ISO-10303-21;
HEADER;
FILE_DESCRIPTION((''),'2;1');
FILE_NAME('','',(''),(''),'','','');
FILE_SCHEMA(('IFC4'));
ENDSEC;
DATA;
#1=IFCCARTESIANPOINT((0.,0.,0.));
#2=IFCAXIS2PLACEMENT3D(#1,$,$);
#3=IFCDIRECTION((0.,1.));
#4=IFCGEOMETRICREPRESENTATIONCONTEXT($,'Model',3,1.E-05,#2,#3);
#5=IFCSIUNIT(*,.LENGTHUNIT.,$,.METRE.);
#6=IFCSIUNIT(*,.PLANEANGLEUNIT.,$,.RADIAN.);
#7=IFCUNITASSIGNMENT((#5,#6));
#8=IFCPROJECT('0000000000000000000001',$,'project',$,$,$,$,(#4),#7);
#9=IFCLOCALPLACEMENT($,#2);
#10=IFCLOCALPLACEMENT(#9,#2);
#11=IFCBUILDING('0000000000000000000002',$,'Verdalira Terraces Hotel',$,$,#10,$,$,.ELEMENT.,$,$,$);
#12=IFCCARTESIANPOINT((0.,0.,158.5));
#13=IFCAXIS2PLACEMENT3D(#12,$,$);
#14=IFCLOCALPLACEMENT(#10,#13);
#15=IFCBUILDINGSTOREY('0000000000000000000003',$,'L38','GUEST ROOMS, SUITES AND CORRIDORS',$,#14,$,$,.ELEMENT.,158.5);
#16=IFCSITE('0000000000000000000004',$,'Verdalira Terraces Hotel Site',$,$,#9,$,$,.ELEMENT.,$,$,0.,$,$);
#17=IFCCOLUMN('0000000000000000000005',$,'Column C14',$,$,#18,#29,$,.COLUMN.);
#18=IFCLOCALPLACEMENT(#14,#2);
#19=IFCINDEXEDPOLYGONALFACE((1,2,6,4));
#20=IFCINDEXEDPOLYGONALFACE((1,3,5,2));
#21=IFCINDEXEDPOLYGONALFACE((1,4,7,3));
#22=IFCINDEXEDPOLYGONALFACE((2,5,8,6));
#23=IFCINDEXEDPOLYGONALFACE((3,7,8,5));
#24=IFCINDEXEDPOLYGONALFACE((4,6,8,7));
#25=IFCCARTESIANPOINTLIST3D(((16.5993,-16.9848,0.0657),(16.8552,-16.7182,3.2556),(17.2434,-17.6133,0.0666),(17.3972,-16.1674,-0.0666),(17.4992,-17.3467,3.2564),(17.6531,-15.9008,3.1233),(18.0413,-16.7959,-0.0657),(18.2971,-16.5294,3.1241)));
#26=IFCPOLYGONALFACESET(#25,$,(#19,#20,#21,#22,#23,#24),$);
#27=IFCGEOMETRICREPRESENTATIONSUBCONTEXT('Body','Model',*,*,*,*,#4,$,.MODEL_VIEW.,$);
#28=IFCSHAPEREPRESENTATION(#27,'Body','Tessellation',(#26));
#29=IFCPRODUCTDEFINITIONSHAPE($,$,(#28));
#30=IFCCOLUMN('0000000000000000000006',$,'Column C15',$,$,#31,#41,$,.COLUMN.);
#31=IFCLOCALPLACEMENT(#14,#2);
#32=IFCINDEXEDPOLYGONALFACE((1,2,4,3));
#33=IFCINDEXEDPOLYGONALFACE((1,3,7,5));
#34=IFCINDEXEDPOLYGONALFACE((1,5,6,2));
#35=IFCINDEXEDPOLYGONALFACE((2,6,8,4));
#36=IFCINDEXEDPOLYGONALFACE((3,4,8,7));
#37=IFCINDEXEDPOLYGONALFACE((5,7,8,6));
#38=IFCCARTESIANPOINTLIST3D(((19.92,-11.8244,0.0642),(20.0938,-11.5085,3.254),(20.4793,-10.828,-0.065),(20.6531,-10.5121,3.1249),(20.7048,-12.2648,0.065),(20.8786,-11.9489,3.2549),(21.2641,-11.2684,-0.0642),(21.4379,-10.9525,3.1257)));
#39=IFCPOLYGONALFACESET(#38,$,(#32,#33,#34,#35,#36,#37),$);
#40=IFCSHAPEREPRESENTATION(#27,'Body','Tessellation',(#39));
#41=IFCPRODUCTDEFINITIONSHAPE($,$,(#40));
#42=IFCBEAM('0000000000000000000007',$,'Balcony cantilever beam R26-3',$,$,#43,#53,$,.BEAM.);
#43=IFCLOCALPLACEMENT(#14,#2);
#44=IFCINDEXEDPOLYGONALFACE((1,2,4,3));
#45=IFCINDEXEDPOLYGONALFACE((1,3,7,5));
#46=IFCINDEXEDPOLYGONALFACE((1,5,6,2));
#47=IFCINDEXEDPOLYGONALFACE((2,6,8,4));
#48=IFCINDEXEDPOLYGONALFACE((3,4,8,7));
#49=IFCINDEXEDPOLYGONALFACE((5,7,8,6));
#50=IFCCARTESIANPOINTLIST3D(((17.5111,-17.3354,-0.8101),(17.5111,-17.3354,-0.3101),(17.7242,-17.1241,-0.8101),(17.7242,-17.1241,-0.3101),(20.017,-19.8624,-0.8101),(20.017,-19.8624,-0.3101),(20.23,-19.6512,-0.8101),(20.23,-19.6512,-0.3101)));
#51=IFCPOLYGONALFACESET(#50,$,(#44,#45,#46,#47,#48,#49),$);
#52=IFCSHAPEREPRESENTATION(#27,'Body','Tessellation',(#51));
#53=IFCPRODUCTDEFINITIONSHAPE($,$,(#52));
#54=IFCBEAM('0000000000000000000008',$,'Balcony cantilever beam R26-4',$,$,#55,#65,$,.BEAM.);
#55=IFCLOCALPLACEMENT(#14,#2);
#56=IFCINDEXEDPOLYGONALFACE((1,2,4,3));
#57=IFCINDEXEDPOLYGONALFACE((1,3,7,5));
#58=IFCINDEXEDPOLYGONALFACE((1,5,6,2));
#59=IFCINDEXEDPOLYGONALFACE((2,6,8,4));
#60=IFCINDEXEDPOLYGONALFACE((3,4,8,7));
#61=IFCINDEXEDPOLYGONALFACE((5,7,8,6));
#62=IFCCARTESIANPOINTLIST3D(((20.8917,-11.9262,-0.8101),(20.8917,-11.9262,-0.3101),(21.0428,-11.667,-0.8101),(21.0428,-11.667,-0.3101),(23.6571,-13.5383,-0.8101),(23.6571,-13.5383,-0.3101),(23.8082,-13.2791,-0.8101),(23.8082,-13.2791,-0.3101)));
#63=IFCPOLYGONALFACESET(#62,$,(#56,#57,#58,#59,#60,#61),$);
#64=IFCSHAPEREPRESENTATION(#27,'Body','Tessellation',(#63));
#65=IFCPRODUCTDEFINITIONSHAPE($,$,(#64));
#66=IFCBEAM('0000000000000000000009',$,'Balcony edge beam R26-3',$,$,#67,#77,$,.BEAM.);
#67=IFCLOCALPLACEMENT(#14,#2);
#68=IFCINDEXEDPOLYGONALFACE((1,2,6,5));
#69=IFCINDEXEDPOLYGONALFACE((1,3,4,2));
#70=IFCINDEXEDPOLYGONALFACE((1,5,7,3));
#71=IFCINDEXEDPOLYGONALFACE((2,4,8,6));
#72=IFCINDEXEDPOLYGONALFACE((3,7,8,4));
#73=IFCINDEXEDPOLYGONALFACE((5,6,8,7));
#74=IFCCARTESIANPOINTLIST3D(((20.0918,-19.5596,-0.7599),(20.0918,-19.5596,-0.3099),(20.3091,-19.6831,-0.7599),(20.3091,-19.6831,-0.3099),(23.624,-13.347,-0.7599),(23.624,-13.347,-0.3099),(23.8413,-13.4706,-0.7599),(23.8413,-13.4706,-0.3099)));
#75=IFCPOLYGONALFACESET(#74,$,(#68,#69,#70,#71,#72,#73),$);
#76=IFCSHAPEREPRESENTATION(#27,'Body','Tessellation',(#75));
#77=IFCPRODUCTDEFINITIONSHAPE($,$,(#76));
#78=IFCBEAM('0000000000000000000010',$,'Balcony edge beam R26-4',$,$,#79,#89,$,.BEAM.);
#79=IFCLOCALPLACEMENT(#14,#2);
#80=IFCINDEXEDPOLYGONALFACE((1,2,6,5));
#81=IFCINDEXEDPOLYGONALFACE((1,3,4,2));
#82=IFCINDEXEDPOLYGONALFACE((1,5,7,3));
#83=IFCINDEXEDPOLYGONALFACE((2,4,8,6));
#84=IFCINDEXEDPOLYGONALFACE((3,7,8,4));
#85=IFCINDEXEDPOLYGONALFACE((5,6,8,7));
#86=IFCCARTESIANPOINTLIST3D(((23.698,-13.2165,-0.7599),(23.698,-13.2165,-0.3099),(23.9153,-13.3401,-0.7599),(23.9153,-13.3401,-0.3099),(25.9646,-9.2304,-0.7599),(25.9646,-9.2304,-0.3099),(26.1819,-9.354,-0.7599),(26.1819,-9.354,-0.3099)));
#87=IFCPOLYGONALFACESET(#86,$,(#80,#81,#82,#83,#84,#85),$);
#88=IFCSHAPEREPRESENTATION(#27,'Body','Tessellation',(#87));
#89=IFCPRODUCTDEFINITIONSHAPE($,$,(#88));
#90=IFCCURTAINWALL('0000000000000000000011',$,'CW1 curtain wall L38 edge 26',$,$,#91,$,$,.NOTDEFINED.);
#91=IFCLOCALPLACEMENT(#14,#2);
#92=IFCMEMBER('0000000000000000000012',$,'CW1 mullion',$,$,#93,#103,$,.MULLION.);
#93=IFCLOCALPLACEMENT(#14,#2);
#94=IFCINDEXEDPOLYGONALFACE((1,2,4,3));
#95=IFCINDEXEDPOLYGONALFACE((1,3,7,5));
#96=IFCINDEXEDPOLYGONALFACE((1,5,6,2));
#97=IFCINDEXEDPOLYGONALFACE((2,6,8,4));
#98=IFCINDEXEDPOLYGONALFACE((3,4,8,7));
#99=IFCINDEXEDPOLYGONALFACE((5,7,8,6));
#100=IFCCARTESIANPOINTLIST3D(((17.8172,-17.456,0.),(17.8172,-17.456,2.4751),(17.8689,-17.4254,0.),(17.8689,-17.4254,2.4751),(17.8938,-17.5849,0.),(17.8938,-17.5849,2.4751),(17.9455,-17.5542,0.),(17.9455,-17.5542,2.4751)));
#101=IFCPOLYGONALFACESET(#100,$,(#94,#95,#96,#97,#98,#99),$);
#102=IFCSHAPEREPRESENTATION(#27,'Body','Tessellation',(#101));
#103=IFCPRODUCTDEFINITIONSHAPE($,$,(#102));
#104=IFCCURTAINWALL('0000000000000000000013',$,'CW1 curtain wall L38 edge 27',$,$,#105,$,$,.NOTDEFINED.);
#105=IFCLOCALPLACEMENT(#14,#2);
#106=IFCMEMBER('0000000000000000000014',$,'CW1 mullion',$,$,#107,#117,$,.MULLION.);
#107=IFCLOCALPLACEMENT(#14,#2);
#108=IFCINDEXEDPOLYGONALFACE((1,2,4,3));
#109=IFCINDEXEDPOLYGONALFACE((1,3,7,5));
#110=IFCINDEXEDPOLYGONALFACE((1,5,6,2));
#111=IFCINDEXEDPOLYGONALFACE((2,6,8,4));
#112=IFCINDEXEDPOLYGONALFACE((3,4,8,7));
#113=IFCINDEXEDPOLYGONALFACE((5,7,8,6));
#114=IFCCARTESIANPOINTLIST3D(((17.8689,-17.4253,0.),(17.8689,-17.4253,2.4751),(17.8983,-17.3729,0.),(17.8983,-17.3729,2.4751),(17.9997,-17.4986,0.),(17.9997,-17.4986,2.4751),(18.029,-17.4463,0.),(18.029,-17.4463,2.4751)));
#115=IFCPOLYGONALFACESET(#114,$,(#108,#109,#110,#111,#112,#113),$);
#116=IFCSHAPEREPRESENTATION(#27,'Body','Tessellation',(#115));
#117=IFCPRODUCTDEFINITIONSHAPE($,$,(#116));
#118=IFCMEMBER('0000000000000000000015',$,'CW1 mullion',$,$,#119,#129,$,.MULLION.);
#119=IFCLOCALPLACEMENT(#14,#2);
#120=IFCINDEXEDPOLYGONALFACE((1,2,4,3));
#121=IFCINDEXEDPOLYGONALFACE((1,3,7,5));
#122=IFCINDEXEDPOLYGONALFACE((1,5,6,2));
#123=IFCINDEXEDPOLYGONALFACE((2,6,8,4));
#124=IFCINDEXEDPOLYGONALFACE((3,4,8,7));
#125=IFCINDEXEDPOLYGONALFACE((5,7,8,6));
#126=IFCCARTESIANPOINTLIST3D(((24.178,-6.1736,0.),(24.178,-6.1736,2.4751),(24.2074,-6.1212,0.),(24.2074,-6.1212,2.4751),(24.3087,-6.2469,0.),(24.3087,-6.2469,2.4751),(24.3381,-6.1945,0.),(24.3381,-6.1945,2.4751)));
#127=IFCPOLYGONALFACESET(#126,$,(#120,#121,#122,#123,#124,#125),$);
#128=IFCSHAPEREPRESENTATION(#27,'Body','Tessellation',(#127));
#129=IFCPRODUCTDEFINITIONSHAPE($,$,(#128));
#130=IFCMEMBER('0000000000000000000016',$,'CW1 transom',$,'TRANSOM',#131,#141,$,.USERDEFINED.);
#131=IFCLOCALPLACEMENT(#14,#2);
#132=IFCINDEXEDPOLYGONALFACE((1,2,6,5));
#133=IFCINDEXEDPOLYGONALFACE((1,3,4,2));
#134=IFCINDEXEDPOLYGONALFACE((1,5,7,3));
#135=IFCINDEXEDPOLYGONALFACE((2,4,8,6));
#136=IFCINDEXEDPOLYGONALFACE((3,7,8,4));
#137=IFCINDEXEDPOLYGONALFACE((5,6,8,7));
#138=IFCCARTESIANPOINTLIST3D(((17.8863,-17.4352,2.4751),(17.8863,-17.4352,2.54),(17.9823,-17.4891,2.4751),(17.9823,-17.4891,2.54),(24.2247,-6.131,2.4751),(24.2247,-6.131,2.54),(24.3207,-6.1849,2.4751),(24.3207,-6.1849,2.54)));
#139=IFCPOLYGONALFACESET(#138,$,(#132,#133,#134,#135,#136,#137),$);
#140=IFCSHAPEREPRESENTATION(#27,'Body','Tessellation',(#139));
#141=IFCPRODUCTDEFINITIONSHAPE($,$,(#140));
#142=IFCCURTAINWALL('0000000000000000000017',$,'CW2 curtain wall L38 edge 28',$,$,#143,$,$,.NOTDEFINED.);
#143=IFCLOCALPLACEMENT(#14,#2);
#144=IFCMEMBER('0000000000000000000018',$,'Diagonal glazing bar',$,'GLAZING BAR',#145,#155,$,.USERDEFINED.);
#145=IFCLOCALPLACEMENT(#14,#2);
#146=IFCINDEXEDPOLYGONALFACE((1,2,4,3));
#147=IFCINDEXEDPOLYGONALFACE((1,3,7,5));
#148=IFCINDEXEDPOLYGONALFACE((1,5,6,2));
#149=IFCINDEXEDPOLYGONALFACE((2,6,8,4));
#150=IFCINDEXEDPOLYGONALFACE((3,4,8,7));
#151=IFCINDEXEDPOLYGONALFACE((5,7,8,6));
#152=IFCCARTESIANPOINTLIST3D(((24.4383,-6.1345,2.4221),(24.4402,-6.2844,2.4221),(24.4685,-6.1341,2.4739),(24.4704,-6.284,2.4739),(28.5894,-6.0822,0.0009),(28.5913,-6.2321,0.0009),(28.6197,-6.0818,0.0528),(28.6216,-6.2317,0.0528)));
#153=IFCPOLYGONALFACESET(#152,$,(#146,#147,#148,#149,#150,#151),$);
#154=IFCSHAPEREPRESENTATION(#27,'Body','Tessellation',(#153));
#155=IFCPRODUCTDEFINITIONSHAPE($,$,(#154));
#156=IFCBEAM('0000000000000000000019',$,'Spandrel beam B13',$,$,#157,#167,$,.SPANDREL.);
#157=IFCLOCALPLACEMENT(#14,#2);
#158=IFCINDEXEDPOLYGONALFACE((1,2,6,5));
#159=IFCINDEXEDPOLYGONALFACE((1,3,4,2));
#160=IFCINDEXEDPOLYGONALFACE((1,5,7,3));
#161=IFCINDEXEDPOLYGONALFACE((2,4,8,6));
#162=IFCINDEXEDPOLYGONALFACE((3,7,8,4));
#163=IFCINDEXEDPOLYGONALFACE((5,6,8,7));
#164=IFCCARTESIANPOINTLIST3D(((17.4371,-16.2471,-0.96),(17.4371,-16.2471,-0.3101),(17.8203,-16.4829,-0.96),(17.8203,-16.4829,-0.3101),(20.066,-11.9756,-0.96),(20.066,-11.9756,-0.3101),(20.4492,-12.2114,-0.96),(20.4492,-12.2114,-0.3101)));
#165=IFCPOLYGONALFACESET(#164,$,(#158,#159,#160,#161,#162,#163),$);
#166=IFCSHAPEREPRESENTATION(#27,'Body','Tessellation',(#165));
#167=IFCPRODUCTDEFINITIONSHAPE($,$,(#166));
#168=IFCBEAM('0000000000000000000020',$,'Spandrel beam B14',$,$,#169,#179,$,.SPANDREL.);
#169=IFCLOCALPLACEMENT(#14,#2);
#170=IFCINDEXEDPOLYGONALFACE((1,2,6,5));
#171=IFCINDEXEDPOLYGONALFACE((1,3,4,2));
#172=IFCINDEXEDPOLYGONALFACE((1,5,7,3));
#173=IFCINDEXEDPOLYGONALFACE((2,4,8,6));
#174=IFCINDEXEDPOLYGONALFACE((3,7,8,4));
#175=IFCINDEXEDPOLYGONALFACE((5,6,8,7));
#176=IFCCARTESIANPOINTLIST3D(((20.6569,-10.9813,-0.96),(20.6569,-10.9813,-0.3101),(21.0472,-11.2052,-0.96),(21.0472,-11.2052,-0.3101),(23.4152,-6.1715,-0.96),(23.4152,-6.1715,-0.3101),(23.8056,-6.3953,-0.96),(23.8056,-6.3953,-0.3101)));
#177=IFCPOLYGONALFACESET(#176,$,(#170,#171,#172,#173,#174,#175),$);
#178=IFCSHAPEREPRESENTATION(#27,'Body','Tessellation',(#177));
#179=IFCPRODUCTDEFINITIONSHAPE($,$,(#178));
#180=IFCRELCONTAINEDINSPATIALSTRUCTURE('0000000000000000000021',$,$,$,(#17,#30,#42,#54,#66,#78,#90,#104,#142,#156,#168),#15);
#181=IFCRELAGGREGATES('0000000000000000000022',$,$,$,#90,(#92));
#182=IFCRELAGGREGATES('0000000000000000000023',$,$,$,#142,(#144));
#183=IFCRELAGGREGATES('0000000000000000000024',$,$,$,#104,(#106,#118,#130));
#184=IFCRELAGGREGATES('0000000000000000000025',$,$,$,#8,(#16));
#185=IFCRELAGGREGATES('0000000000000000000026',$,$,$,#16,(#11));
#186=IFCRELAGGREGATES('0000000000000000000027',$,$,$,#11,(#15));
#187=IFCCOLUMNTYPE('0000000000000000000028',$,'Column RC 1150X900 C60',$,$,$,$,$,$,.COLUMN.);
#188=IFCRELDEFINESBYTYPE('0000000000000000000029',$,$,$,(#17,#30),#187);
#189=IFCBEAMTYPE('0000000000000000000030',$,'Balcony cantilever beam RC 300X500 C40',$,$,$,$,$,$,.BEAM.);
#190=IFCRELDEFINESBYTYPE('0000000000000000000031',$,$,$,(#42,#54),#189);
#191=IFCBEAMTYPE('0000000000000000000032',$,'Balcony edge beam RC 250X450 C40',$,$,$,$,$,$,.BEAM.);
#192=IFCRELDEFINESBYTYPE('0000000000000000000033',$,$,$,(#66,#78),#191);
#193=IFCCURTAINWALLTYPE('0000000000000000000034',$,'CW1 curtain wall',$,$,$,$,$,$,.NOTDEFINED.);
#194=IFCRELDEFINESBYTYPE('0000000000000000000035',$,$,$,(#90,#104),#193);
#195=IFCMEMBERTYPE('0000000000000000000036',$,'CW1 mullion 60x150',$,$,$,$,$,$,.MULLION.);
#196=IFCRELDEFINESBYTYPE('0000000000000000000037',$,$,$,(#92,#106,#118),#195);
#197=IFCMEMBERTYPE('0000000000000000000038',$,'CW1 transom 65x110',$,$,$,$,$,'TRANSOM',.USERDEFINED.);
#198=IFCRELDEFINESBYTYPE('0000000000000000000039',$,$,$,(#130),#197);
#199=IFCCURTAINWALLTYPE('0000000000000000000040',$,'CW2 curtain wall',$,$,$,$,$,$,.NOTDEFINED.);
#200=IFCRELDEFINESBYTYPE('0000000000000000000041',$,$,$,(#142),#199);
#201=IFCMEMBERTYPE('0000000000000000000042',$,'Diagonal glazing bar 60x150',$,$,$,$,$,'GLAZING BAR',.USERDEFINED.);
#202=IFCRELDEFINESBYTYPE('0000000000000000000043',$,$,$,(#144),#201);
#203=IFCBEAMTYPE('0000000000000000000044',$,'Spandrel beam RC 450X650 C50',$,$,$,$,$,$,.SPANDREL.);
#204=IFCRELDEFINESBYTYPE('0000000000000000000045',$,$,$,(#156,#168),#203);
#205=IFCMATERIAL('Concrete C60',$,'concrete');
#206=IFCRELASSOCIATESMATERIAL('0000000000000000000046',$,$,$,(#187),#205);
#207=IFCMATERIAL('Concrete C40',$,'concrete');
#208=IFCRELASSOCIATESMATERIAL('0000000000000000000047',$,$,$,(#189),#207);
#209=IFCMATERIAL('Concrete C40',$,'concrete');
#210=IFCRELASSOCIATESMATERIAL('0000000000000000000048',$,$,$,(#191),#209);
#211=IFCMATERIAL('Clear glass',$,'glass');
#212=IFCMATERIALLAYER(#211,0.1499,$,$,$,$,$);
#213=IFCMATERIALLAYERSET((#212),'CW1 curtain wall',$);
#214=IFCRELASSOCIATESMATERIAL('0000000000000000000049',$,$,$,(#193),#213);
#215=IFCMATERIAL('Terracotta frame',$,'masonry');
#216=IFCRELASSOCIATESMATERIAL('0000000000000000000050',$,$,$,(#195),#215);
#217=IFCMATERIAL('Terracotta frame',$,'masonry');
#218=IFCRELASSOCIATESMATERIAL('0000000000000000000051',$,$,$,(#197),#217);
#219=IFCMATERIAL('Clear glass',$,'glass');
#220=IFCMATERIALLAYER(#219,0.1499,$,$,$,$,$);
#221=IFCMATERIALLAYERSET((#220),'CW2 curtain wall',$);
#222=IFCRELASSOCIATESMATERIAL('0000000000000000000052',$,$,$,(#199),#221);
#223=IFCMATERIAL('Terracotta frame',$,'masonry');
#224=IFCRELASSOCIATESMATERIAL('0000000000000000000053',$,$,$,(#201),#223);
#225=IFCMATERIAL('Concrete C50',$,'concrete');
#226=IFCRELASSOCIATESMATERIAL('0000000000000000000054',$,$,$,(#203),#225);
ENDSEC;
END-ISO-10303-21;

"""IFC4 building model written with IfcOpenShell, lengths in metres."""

from ifc_helpers import new_model, si_unit, direction, frame, origin, origin_2d, place, context, subcontext, project, spatial, rectangle, extrude, material, layer, layer_set, material_profile, profile_set, type_object, element, aggregate, save


model = new_model("IFC4")

# Units and contexts
model_context = context("Model", 3, precision=1e-05, world=origin(), true_north=direction((0.0, 1.0)))
body_context = subcontext(model_context, "Body", "Model", "MODEL_VIEW")
ifc_project = project(units=[si_unit("LENGTHUNIT", "METRE"), si_unit("PLANEANGLEUNIT", "RADIAN")], contexts=[model_context])

# Site, building, storey
site_placement = place(None, origin())
site = spatial("IfcSite", under=ifc_project, at=site_placement, Name="Verdalira Terraces Hotel Site", CompositionType="ELEMENT", RefElevation=0.0)
building_placement = place(site_placement, origin())
building = spatial("IfcBuilding", under=site, at=building_placement, Name="Verdalira Terraces Hotel", CompositionType="ELEMENT")
storey_placement = place(building_placement, frame((0.0, 0.0, 158.5)))
storey = spatial("IfcBuildingStorey", under=building, at=storey_placement, Name="L38", Description="GUEST ROOMS, SUITES AND CORRIDORS", CompositionType="ELEMENT", Elevation=158.5)

# Columns
ifc_material_1 = material(Name="Concrete C60", Category="concrete")
ifc_material_profile_1 = material_profile(ifc_material_1, rectangle(XDim=1.1499, YDim=0.8999, at=origin_2d()), Name="RC 1150X900")
ifc_profile_set_1 = profile_set([ifc_material_profile_1], Name="Concrete C60")
column_type = type_object("IfcColumnType", Name="Column RC 1150X900 C60", PredefinedType="COLUMN", material=ifc_profile_set_1)
column_1_placement = place(storey_placement, frame((17.3203, -16.8904, 0.0), z_axis=(0.079675, 0.083021, 0.993358), x_axis=(-0.693883, -0.710836, 0.115064)))
element("IfcColumn", 1, at=column_1_placement, inside=storey, type_object=column_type, Name="Column C14", PredefinedType="COLUMN", context=body_context, shape_type="SweptSolid", body=[
    extrude(rectangle(XDim=1.1499, YDim=0.8999, at=origin_2d()), origin(), (0.0, 0.0, 1.0), 3.2112),
])
column_2_placement = place(storey_placement, frame((20.592, -11.5464, 0.0), z_axis=(0.054148, 0.098409, 0.993672), x_axis=(0.486394, 0.86649, -0.112318)))
element("IfcColumn", 2, at=column_2_placement, inside=storey, type_object=column_type, Name="Column C15", PredefinedType="COLUMN", context=body_context, shape_type="SweptSolid", body=[
    extrude(rectangle(XDim=1.1499, YDim=0.8999, at=origin_2d()), origin(), (0.0, 0.0, 1.0), 3.2102),
])

# Beams
ifc_material_2 = material(Name="Concrete C40", Category="concrete")
ifc_material_profile_2 = material_profile(ifc_material_2, rectangle(XDim=0.3, YDim=0.5, at=origin_2d()), Name="RC 300X500")
ifc_profile_set_2 = profile_set([ifc_material_profile_2], Name="Concrete C40")
beam_type_1 = type_object("IfcBeamType", Name="Balcony cantilever beam RC 300X500 C40", PredefinedType="BEAM", material=ifc_profile_set_2)
beam_1_placement = place(storey_placement, frame((17.6177, -17.2297, -0.5601), z_axis=(0.704116, -0.710085, 0.0), x_axis=(0.710085, 0.704116, 0.0)))
element("IfcBeam", 3, at=beam_1_placement, inside=storey, type_object=beam_type_1, Name="Balcony cantilever beam R26-3", PredefinedType="BEAM", context=body_context, shape_type="SweptSolid", body=[
    extrude(rectangle(XDim=0.3, YDim=0.5, at=origin_2d()), origin(), (0.0, 0.0, 1.0), 3.5588),
])
beam_2_placement = place(storey_placement, frame((20.9673, -11.7966, -0.5601), z_axis=(0.863925, -0.50362, 0.0), x_axis=(0.50362, 0.863925, 0.0)))
element("IfcBeam", 4, at=beam_2_placement, inside=storey, type_object=beam_type_1, Name="Balcony cantilever beam R26-4", PredefinedType="BEAM", context=body_context, shape_type="SweptSolid", body=[
    extrude(rectangle(XDim=0.3, YDim=0.5, at=origin_2d()), origin(), (0.0, 0.0, 1.0), 3.2009),
])
ifc_material_3 = material(Name="Concrete C40", Category="concrete")
ifc_material_profile_3 = material_profile(ifc_material_3, rectangle(XDim=0.25, YDim=0.45, at=origin_2d()), Name="RC 250X450")
ifc_profile_set_3 = profile_set([ifc_material_profile_3], Name="Concrete C40")
beam_type_2 = type_object("IfcBeamType", Name="Balcony edge beam RC 250X450 C40", PredefinedType="BEAM", material=ifc_profile_set_3)
beam_3_placement = place(storey_placement, frame((20.2004, -19.6213, -0.5349), z_axis=(0.494254, 0.869317, 0.0), x_axis=(-0.869317, 0.494254, 0.0)))
element("IfcBeam", 5, at=beam_3_placement, inside=storey, type_object=beam_type_2, Name="Balcony edge beam R26-3", PredefinedType="BEAM", context=body_context, shape_type="SweptSolid", body=[
    extrude(rectangle(XDim=0.25, YDim=0.45, at=origin_2d()), origin(), (0.0, 0.0, 1.0), 7.1465),
])
beam_4_placement = place(storey_placement, frame((23.8066, -13.2783, -0.5349), z_axis=(0.494303, 0.86929, 0.0), x_axis=(-0.86929, 0.494303, 0.0)))
element("IfcBeam", 6, at=beam_4_placement, inside=storey, type_object=beam_type_2, Name="Balcony edge beam R26-4", PredefinedType="BEAM", context=body_context, shape_type="SweptSolid", body=[
    extrude(rectangle(XDim=0.25, YDim=0.45, at=origin_2d()), origin(), (0.0, 0.0, 1.0), 4.5854),
])

# Curtain wall, member
ifc_material_4 = material(Name="Clear glass", Category="glass")
ifc_layer_1 = layer(ifc_material_4, 0.1499)
ifc_layer_set_1 = layer_set([ifc_layer_1], Name="CW1 curtain wall")
curtain_wall_type_1 = type_object("IfcCurtainWallType", Name="CW1 curtain wall", PredefinedType="NOTDEFINED", material=ifc_layer_set_1)
curtain_wall_1_placement = place(storey_placement, origin())
curtain_wall_1 = element("IfcCurtainWall", 7, at=curtain_wall_1_placement, inside=storey, type_object=curtain_wall_type_1, Name="CW1 curtain wall L38 edge 26", PredefinedType="NOTDEFINED")
ifc_material_5 = material(Name="Terracotta frame", Category="masonry")
ifc_material_profile_4 = material_profile(ifc_material_5, rectangle(XDim=0.0601, YDim=0.1499, at=origin_2d()), Name="MU 60x150")
ifc_profile_set_4 = profile_set([ifc_material_profile_4], Name="Terracotta frame")
member_type_1 = type_object("IfcMemberType", Name="CW1 mullion 60x150", PredefinedType="MULLION", material=ifc_profile_set_4)
member_1_placement = place(storey_placement, frame((17.8813, -17.5051, 0.0), z_axis=(0.0, 0.0, 1.0), x_axis=(0.859674, 0.510843, 0.0)))
member_1 = element("IfcMember", 8, at=member_1_placement, type_object=member_type_1, Name="CW1 mullion", PredefinedType="MULLION", context=body_context, shape_type="SweptSolid", body=[
    extrude(rectangle(XDim=0.0601, YDim=0.1499, at=origin_2d()), origin(), (0.0, 0.0, 1.0), 2.4751),
])
aggregate(curtain_wall_1, [member_1])

# Curtain wall, members
curtain_wall_2_placement = place(storey_placement, origin())
curtain_wall_2 = element("IfcCurtainWall", 9, at=curtain_wall_2_placement, inside=storey, type_object=curtain_wall_type_1, Name="CW1 curtain wall L38 edge 27", PredefinedType="NOTDEFINED")
member_2_placement = place(storey_placement, frame((17.949, -17.4358, 0.0), z_axis=(0.0, 0.0, 1.0), x_axis=(0.489078, 0.87224, 0.0)))
member_2 = element("IfcMember", 10, at=member_2_placement, type_object=member_type_1, Name="CW1 mullion", PredefinedType="MULLION", context=body_context, shape_type="SweptSolid", body=[
    extrude(rectangle(XDim=0.0601, YDim=0.1499, at=origin_2d()), origin(), (0.0, 0.0, 1.0), 2.4751),
])
member_3_placement = place(storey_placement, frame((24.2581, -6.1841, 0.0), z_axis=(0.0, 0.0, 1.0), x_axis=(0.489078, 0.87224, 0.0)))
member_3 = element("IfcMember", 11, at=member_3_placement, type_object=member_type_1, Name="CW1 mullion", PredefinedType="MULLION", context=body_context, shape_type="SweptSolid", body=[
    extrude(rectangle(XDim=0.0601, YDim=0.1499, at=origin_2d()), origin(), (0.0, 0.0, 1.0), 2.4751),
])
ifc_material_6 = material(Name="Terracotta frame", Category="masonry")
ifc_material_profile_5 = material_profile(ifc_material_6, rectangle(XDim=0.1101, YDim=0.0649, at=origin_2d()), Name="TR 65x110")
ifc_profile_set_5 = profile_set([ifc_material_profile_5], Name="Terracotta frame")
member_type_2 = type_object("IfcMemberType", Name="CW1 transom 65x110", ElementType="TRANSOM", PredefinedType="USERDEFINED", material=ifc_profile_set_5)
member_4_placement = place(storey_placement, frame((17.9343, -17.4622, 2.5076), z_axis=(0.489075, 0.872242, 0.0), x_axis=(-0.872242, 0.489075, 0.0)))
member_4 = element("IfcMember", 12, at=member_4_placement, type_object=member_type_2, Name="CW1 transom", ObjectType="TRANSOM", PredefinedType="USERDEFINED", context=body_context, shape_type="SweptSolid", body=[
    extrude(rectangle(XDim=0.1101, YDim=0.0649, at=origin_2d()), origin(), (0.0, 0.0, 1.0), 12.96),
])

# Curtain wall, member
ifc_material_7 = material(Name="Clear glass", Category="glass")
ifc_layer_2 = layer(ifc_material_7, 0.1499)
ifc_layer_set_2 = layer_set([ifc_layer_2], Name="CW2 curtain wall")
curtain_wall_type_2 = type_object("IfcCurtainWallType", Name="CW2 curtain wall", PredefinedType="NOTDEFINED", material=ifc_layer_set_2)
curtain_wall_3_placement = place(storey_placement, origin())
curtain_wall_3 = element("IfcCurtainWall", 13, at=curtain_wall_3_placement, inside=storey, type_object=curtain_wall_type_2, Name="CW2 curtain wall L38 edge 28", PredefinedType="NOTDEFINED")
ifc_material_8 = material(Name="Terracotta frame", Category="masonry")
ifc_material_profile_6 = material_profile(ifc_material_8, rectangle(XDim=0.1499, YDim=0.0601, at=origin_2d()), Name="GB 60x150")
ifc_profile_set_6 = profile_set([ifc_material_profile_6], Name="Terracotta frame")
member_type_3 = type_object("IfcMemberType", Name="Diagonal glazing bar 60x150", ElementType="GLAZING BAR", PredefinedType="USERDEFINED", material=ifc_profile_set_6)
member_5_placement = place(storey_placement, frame((24.4543, -6.2092, 2.448), z_axis=(0.863759, 0.010871, -0.503788), x_axis=(-0.012585, 0.999921, 0.0)))
member_5 = element("IfcMember", 14, at=member_5_placement, type_object=member_type_3, Name="Diagonal glazing bar", ObjectType="GLAZING BAR", PredefinedType="USERDEFINED", context=body_context, shape_type="SweptSolid", body=[
    extrude(rectangle(XDim=0.1499, YDim=0.0601, at=origin_2d()), origin(), (0.0, 0.0, 1.0), 4.8059),
])
aggregate(curtain_wall_3, [member_5])

# Beams
ifc_material_9 = material(Name="Concrete C50", Category="concrete")
ifc_material_profile_7 = material_profile(ifc_material_9, rectangle(XDim=0.45, YDim=0.6499, at=origin_2d()), Name="RC 450X650")
ifc_profile_set_7 = profile_set([ifc_material_profile_7], Name="Concrete C50")
beam_type_3 = type_object("IfcBeamType", Name="Spandrel beam RC 450X650 C50", PredefinedType="SPANDREL", material=ifc_profile_set_7)
beam_5_placement = place(storey_placement, frame((17.6287, -16.365, -0.635), z_axis=(0.524141, 0.851632, 0.0), x_axis=(-0.851632, 0.524141, 0.0)))
element("IfcBeam", 15, at=beam_5_placement, inside=storey, type_object=beam_type_3, Name="Spandrel beam B13", PredefinedType="SPANDREL", context=body_context, shape_type="SweptSolid", body=[
    extrude(rectangle(XDim=0.45, YDim=0.6499, at=origin_2d()), origin(), (0.0, 0.0, 1.0), 5.0156),
])
beam_6_placement = place(storey_placement, frame((20.8521, -11.0933, -0.635), z_axis=(0.497476, 0.867478, 0.0), x_axis=(-0.867478, 0.497476, 0.0)))
element("IfcBeam", 16, at=beam_6_placement, inside=storey, type_object=beam_type_3, Name="Spandrel beam B14", PredefinedType="SPANDREL", context=body_context, shape_type="SweptSolid", body=[
    extrude(rectangle(XDim=0.45, YDim=0.6499, at=origin_2d()), origin(), (0.0, 0.0, 1.0), 5.5447),
])

aggregate(curtain_wall_2, [member_2, member_3, member_4])

save(model, "model.ifc")
